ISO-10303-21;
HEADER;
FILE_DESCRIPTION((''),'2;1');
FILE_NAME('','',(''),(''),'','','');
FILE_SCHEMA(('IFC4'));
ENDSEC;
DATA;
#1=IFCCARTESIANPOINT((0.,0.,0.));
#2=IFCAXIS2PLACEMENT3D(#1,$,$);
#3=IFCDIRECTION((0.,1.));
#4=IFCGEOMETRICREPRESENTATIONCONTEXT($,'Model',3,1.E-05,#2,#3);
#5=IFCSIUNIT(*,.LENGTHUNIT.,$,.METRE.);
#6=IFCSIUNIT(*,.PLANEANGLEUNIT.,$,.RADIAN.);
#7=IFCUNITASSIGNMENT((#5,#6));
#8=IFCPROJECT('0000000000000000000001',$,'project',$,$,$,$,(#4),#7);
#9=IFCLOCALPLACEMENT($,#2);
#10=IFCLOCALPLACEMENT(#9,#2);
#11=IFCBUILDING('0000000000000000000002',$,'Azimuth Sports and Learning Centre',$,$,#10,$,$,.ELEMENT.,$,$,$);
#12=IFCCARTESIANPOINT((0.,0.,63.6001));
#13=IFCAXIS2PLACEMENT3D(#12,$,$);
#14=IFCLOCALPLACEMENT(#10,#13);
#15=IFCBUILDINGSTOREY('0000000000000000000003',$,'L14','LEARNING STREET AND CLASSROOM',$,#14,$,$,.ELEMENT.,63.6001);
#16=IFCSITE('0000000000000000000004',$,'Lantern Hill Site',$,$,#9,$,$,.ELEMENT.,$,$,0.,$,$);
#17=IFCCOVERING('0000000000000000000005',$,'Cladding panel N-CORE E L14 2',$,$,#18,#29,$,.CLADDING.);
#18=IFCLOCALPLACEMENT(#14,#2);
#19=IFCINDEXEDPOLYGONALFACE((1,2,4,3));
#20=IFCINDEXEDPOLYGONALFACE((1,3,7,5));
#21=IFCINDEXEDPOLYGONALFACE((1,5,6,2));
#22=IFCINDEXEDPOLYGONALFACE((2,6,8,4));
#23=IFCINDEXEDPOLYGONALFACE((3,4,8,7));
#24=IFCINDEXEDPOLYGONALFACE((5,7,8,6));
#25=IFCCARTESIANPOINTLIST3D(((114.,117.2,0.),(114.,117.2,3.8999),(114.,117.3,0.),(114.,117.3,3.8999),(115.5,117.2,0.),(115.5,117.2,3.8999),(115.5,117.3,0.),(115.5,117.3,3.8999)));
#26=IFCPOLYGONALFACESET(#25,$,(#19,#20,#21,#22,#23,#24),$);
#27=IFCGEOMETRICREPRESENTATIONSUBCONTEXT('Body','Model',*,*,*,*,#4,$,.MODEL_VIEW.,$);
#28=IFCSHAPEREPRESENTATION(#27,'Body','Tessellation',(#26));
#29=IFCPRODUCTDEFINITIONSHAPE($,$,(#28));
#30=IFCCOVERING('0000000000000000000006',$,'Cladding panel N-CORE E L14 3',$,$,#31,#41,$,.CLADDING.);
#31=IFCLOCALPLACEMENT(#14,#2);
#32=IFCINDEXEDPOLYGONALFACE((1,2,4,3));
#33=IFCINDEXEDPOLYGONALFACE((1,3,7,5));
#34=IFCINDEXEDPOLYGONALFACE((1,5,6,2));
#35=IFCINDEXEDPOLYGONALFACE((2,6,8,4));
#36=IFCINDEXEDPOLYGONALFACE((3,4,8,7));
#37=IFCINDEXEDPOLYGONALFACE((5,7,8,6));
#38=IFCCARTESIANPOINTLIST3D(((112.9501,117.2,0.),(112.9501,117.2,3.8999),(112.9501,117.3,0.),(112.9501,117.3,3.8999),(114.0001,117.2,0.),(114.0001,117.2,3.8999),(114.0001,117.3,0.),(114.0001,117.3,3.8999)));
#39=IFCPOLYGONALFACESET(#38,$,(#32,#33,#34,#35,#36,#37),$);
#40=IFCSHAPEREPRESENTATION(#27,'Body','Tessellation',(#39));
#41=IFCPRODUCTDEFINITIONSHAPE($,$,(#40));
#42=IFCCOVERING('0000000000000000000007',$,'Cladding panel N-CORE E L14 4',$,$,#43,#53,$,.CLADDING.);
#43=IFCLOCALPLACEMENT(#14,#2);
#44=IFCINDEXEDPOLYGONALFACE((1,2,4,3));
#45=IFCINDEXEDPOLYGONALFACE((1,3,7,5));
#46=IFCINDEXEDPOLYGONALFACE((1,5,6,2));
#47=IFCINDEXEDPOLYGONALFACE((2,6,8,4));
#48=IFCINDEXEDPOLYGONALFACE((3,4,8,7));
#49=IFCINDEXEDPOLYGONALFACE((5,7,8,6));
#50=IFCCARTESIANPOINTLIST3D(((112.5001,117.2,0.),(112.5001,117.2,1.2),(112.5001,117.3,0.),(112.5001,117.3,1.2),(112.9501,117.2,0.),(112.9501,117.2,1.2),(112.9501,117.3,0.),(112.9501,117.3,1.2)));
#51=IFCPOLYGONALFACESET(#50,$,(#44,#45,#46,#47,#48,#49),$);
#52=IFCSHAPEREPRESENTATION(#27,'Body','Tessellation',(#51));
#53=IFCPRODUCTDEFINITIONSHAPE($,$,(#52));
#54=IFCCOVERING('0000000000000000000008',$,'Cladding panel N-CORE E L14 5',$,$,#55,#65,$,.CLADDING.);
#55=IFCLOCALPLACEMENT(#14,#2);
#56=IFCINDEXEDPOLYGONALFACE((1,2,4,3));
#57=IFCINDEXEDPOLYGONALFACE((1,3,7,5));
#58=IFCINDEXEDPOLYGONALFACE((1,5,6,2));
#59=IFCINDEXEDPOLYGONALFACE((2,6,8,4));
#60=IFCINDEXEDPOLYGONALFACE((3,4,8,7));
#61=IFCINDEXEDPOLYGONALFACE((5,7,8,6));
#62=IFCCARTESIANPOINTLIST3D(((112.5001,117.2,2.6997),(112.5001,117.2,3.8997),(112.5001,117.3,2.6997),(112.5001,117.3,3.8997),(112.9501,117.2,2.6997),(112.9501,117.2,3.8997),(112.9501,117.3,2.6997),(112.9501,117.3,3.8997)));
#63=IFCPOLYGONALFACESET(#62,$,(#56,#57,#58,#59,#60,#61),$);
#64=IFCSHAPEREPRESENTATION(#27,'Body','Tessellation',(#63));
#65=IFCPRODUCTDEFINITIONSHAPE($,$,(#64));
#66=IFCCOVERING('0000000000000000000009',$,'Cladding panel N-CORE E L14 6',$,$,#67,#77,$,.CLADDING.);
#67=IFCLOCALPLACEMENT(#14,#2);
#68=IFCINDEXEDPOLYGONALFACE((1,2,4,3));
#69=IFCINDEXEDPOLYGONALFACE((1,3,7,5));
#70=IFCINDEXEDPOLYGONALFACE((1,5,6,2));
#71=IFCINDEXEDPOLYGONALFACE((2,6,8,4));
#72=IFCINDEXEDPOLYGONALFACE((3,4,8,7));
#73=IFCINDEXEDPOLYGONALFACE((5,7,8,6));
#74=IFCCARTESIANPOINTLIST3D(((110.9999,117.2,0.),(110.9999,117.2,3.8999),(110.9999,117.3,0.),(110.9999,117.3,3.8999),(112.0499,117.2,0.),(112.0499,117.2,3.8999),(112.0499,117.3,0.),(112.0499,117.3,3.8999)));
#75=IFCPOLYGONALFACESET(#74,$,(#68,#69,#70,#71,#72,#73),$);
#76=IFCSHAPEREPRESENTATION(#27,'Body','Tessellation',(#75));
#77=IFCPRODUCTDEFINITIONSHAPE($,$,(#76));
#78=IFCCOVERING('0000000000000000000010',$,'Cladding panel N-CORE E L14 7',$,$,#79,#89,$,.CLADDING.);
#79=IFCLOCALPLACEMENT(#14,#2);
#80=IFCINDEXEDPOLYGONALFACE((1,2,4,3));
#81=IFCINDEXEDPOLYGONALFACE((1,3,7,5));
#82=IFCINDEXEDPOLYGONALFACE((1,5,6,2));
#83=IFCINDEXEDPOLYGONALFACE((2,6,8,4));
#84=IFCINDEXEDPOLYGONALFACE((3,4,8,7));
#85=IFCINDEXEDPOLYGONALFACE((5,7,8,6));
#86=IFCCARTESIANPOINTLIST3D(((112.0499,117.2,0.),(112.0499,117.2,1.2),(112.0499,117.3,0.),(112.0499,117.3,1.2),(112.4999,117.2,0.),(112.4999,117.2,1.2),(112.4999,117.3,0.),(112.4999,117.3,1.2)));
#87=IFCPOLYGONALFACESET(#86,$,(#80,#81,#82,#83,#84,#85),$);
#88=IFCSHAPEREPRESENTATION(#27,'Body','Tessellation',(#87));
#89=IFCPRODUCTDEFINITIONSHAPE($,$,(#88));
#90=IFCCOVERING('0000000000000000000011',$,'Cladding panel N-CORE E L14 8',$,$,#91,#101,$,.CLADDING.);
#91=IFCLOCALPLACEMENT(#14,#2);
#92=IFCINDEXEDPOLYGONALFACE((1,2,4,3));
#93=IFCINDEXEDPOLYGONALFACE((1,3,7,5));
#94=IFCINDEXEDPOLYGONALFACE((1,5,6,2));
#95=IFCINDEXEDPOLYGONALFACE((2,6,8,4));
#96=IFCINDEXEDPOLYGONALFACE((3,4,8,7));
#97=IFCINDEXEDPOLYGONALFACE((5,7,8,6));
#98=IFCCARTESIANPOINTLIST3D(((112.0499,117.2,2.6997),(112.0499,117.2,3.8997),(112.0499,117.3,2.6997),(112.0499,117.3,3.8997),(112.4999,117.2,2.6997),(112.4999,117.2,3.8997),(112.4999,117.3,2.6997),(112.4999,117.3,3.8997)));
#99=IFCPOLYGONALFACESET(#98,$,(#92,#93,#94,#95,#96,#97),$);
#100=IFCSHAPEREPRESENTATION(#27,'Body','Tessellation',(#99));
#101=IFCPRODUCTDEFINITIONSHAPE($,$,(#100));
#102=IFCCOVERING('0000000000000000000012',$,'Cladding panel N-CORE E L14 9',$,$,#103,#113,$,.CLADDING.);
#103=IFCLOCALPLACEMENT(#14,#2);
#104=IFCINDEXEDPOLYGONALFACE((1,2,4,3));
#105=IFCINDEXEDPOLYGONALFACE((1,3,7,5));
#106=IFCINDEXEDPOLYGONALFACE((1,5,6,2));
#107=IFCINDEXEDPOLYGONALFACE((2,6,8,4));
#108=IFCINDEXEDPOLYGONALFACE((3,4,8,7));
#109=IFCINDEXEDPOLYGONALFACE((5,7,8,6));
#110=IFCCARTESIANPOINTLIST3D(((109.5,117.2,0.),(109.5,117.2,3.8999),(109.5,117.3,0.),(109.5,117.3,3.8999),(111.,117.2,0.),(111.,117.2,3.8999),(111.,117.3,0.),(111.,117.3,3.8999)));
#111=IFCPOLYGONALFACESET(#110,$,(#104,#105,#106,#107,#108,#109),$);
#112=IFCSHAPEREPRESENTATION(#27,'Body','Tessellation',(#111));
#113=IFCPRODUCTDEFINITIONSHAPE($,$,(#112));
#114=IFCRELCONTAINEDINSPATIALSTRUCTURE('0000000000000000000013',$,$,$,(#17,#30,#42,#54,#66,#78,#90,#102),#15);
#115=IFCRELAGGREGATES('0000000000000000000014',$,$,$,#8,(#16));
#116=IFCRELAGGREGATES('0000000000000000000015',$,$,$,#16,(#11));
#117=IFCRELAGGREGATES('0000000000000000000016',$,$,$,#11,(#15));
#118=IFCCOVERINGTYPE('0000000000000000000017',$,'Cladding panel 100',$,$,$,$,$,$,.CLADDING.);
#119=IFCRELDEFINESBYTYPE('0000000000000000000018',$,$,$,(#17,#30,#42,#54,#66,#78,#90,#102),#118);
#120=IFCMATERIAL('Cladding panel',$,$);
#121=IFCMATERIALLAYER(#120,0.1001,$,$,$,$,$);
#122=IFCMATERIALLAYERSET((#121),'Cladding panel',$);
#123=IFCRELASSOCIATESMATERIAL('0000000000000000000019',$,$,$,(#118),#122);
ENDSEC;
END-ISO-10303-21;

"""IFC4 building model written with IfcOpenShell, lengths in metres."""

from ifc_helpers import new_model, si_unit, direction, frame, origin, origin_2d, place, context, subcontext, project, spatial, rectangle, extrude, material, layer, layer_set, type_object, element, save


model = new_model("IFC4")

# Units and contexts
model_context = context("Model", 3, precision=1e-05, world=origin(), true_north=direction((0.0, 1.0)))
body_context = subcontext(model_context, "Body", "Model", "MODEL_VIEW")
ifc_project = project(units=[si_unit("LENGTHUNIT", "METRE"), si_unit("PLANEANGLEUNIT", "RADIAN")], contexts=[model_context])

# Site, building, storey
site_placement = place(None, origin())
site = spatial("IfcSite", under=ifc_project, at=site_placement, Name="Lantern Hill Site", CompositionType="ELEMENT", RefElevation=0.0)
building_placement = place(site_placement, origin())
building = spatial("IfcBuilding", under=site, at=building_placement, Name="Azimuth Sports and Learning Centre", CompositionType="ELEMENT")
storey_placement = place(building_placement, frame((0.0, 0.0, 63.6001)))
storey = spatial("IfcBuildingStorey", under=building, at=storey_placement, Name="L14", Description="LEARNING STREET AND CLASSROOM", CompositionType="ELEMENT", Elevation=63.6001)

# Coverings
ifc_material_1 = material(Name="Cladding panel")
ifc_layer_1 = layer(ifc_material_1, 0.1001)
ifc_layer_set_1 = layer_set([ifc_layer_1], Name="Cladding panel")
covering_type = type_object("IfcCoveringType", Name="Cladding panel 100", PredefinedType="CLADDING", material=ifc_layer_set_1)
covering_1_placement = place(storey_placement, frame((114.75, 117.25, 0.0), z_axis=(0.0, 0.0, 1.0), x_axis=(-1.0, 0.0, 0.0)))
element("IfcCovering", 1, at=covering_1_placement, inside=storey, type_object=covering_type, Name="Cladding panel N-CORE E L14 2", PredefinedType="CLADDING", context=body_context, shape_type="SweptSolid", body=[
    extrude(rectangle(XDim=1.5, YDim=0.1001, at=origin_2d()), origin(), (0.0, 0.0, 1.0), 3.8999),
])
covering_2_placement = place(storey_placement, frame((113.4751, 117.25, 0.0), z_axis=(0.0, 0.0, 1.0), x_axis=(-1.0, 0.0, 0.0)))
element("IfcCovering", 2, at=covering_2_placement, inside=storey, type_object=covering_type, Name="Cladding panel N-CORE E L14 3", PredefinedType="CLADDING", context=body_context, shape_type="SweptSolid", body=[
    extrude(rectangle(XDim=1.05, YDim=0.1001, at=origin_2d()), origin(), (0.0, 0.0, 1.0), 3.8999),
])
for number, where, z_axis, x_axis, name in (
    (3, (112.7251, 117.25, 0.0), (0.0, 0.0, 1.0), (-1.0, 0.0, 0.0), "Cladding panel N-CORE E L14 4"),
    (4, (112.7251, 117.25, 2.6997), (0.0, 0.0, 1.0), (-1.0, 0.0, 0.0), "Cladding panel N-CORE E L14 5"),
):
    element("IfcCovering", number, at=place(storey_placement, frame(where, z_axis=z_axis, x_axis=x_axis)), inside=storey, type_object=covering_type, Name=name, PredefinedType="CLADDING", context=body_context, shape_type="SweptSolid", body=[
        extrude(rectangle(XDim=0.45, YDim=0.1001, at=origin_2d()), origin(), (0.0, 0.0, 1.0), 1.2),
    ])
covering_3_placement = place(storey_placement, frame((111.5249, 117.25, 0.0), z_axis=(0.0, 0.0, 1.0), x_axis=(-1.0, 0.0, 0.0)))
element("IfcCovering", 5, at=covering_3_placement, inside=storey, type_object=covering_type, Name="Cladding panel N-CORE E L14 6", PredefinedType="CLADDING", context=body_context, shape_type="SweptSolid", body=[
    extrude(rectangle(XDim=1.05, YDim=0.1001, at=origin_2d()), origin(), (0.0, 0.0, 1.0), 3.8999),
])
for number, where, z_axis, x_axis, name in (
    (6, (112.2749, 117.25, 0.0), (0.0, 0.0, 1.0), (-1.0, 0.0, 0.0), "Cladding panel N-CORE E L14 7"),
    (7, (112.2749, 117.25, 2.6997), (0.0, 0.0, 1.0), (-1.0, 0.0, 0.0), "Cladding panel N-CORE E L14 8"),
):
    element("IfcCovering", number, at=place(storey_placement, frame(where, z_axis=z_axis, x_axis=x_axis)), inside=storey, type_object=covering_type, Name=name, PredefinedType="CLADDING", context=body_context, shape_type="SweptSolid", body=[
        extrude(rectangle(XDim=0.45, YDim=0.1001, at=origin_2d()), origin(), (0.0, 0.0, 1.0), 1.2),
    ])
covering_4_placement = place(storey_placement, frame((110.25, 117.25, 0.0), z_axis=(0.0, 0.0, 1.0), x_axis=(-1.0, 0.0, 0.0)))
element("IfcCovering", 8, at=covering_4_placement, inside=storey, type_object=covering_type, Name="Cladding panel N-CORE E L14 9", PredefinedType="CLADDING", context=body_context, shape_type="SweptSolid", body=[
    extrude(rectangle(XDim=1.5, YDim=0.1001, at=origin_2d()), origin(), (0.0, 0.0, 1.0), 3.8999),
])

save(model, "model.ifc")
